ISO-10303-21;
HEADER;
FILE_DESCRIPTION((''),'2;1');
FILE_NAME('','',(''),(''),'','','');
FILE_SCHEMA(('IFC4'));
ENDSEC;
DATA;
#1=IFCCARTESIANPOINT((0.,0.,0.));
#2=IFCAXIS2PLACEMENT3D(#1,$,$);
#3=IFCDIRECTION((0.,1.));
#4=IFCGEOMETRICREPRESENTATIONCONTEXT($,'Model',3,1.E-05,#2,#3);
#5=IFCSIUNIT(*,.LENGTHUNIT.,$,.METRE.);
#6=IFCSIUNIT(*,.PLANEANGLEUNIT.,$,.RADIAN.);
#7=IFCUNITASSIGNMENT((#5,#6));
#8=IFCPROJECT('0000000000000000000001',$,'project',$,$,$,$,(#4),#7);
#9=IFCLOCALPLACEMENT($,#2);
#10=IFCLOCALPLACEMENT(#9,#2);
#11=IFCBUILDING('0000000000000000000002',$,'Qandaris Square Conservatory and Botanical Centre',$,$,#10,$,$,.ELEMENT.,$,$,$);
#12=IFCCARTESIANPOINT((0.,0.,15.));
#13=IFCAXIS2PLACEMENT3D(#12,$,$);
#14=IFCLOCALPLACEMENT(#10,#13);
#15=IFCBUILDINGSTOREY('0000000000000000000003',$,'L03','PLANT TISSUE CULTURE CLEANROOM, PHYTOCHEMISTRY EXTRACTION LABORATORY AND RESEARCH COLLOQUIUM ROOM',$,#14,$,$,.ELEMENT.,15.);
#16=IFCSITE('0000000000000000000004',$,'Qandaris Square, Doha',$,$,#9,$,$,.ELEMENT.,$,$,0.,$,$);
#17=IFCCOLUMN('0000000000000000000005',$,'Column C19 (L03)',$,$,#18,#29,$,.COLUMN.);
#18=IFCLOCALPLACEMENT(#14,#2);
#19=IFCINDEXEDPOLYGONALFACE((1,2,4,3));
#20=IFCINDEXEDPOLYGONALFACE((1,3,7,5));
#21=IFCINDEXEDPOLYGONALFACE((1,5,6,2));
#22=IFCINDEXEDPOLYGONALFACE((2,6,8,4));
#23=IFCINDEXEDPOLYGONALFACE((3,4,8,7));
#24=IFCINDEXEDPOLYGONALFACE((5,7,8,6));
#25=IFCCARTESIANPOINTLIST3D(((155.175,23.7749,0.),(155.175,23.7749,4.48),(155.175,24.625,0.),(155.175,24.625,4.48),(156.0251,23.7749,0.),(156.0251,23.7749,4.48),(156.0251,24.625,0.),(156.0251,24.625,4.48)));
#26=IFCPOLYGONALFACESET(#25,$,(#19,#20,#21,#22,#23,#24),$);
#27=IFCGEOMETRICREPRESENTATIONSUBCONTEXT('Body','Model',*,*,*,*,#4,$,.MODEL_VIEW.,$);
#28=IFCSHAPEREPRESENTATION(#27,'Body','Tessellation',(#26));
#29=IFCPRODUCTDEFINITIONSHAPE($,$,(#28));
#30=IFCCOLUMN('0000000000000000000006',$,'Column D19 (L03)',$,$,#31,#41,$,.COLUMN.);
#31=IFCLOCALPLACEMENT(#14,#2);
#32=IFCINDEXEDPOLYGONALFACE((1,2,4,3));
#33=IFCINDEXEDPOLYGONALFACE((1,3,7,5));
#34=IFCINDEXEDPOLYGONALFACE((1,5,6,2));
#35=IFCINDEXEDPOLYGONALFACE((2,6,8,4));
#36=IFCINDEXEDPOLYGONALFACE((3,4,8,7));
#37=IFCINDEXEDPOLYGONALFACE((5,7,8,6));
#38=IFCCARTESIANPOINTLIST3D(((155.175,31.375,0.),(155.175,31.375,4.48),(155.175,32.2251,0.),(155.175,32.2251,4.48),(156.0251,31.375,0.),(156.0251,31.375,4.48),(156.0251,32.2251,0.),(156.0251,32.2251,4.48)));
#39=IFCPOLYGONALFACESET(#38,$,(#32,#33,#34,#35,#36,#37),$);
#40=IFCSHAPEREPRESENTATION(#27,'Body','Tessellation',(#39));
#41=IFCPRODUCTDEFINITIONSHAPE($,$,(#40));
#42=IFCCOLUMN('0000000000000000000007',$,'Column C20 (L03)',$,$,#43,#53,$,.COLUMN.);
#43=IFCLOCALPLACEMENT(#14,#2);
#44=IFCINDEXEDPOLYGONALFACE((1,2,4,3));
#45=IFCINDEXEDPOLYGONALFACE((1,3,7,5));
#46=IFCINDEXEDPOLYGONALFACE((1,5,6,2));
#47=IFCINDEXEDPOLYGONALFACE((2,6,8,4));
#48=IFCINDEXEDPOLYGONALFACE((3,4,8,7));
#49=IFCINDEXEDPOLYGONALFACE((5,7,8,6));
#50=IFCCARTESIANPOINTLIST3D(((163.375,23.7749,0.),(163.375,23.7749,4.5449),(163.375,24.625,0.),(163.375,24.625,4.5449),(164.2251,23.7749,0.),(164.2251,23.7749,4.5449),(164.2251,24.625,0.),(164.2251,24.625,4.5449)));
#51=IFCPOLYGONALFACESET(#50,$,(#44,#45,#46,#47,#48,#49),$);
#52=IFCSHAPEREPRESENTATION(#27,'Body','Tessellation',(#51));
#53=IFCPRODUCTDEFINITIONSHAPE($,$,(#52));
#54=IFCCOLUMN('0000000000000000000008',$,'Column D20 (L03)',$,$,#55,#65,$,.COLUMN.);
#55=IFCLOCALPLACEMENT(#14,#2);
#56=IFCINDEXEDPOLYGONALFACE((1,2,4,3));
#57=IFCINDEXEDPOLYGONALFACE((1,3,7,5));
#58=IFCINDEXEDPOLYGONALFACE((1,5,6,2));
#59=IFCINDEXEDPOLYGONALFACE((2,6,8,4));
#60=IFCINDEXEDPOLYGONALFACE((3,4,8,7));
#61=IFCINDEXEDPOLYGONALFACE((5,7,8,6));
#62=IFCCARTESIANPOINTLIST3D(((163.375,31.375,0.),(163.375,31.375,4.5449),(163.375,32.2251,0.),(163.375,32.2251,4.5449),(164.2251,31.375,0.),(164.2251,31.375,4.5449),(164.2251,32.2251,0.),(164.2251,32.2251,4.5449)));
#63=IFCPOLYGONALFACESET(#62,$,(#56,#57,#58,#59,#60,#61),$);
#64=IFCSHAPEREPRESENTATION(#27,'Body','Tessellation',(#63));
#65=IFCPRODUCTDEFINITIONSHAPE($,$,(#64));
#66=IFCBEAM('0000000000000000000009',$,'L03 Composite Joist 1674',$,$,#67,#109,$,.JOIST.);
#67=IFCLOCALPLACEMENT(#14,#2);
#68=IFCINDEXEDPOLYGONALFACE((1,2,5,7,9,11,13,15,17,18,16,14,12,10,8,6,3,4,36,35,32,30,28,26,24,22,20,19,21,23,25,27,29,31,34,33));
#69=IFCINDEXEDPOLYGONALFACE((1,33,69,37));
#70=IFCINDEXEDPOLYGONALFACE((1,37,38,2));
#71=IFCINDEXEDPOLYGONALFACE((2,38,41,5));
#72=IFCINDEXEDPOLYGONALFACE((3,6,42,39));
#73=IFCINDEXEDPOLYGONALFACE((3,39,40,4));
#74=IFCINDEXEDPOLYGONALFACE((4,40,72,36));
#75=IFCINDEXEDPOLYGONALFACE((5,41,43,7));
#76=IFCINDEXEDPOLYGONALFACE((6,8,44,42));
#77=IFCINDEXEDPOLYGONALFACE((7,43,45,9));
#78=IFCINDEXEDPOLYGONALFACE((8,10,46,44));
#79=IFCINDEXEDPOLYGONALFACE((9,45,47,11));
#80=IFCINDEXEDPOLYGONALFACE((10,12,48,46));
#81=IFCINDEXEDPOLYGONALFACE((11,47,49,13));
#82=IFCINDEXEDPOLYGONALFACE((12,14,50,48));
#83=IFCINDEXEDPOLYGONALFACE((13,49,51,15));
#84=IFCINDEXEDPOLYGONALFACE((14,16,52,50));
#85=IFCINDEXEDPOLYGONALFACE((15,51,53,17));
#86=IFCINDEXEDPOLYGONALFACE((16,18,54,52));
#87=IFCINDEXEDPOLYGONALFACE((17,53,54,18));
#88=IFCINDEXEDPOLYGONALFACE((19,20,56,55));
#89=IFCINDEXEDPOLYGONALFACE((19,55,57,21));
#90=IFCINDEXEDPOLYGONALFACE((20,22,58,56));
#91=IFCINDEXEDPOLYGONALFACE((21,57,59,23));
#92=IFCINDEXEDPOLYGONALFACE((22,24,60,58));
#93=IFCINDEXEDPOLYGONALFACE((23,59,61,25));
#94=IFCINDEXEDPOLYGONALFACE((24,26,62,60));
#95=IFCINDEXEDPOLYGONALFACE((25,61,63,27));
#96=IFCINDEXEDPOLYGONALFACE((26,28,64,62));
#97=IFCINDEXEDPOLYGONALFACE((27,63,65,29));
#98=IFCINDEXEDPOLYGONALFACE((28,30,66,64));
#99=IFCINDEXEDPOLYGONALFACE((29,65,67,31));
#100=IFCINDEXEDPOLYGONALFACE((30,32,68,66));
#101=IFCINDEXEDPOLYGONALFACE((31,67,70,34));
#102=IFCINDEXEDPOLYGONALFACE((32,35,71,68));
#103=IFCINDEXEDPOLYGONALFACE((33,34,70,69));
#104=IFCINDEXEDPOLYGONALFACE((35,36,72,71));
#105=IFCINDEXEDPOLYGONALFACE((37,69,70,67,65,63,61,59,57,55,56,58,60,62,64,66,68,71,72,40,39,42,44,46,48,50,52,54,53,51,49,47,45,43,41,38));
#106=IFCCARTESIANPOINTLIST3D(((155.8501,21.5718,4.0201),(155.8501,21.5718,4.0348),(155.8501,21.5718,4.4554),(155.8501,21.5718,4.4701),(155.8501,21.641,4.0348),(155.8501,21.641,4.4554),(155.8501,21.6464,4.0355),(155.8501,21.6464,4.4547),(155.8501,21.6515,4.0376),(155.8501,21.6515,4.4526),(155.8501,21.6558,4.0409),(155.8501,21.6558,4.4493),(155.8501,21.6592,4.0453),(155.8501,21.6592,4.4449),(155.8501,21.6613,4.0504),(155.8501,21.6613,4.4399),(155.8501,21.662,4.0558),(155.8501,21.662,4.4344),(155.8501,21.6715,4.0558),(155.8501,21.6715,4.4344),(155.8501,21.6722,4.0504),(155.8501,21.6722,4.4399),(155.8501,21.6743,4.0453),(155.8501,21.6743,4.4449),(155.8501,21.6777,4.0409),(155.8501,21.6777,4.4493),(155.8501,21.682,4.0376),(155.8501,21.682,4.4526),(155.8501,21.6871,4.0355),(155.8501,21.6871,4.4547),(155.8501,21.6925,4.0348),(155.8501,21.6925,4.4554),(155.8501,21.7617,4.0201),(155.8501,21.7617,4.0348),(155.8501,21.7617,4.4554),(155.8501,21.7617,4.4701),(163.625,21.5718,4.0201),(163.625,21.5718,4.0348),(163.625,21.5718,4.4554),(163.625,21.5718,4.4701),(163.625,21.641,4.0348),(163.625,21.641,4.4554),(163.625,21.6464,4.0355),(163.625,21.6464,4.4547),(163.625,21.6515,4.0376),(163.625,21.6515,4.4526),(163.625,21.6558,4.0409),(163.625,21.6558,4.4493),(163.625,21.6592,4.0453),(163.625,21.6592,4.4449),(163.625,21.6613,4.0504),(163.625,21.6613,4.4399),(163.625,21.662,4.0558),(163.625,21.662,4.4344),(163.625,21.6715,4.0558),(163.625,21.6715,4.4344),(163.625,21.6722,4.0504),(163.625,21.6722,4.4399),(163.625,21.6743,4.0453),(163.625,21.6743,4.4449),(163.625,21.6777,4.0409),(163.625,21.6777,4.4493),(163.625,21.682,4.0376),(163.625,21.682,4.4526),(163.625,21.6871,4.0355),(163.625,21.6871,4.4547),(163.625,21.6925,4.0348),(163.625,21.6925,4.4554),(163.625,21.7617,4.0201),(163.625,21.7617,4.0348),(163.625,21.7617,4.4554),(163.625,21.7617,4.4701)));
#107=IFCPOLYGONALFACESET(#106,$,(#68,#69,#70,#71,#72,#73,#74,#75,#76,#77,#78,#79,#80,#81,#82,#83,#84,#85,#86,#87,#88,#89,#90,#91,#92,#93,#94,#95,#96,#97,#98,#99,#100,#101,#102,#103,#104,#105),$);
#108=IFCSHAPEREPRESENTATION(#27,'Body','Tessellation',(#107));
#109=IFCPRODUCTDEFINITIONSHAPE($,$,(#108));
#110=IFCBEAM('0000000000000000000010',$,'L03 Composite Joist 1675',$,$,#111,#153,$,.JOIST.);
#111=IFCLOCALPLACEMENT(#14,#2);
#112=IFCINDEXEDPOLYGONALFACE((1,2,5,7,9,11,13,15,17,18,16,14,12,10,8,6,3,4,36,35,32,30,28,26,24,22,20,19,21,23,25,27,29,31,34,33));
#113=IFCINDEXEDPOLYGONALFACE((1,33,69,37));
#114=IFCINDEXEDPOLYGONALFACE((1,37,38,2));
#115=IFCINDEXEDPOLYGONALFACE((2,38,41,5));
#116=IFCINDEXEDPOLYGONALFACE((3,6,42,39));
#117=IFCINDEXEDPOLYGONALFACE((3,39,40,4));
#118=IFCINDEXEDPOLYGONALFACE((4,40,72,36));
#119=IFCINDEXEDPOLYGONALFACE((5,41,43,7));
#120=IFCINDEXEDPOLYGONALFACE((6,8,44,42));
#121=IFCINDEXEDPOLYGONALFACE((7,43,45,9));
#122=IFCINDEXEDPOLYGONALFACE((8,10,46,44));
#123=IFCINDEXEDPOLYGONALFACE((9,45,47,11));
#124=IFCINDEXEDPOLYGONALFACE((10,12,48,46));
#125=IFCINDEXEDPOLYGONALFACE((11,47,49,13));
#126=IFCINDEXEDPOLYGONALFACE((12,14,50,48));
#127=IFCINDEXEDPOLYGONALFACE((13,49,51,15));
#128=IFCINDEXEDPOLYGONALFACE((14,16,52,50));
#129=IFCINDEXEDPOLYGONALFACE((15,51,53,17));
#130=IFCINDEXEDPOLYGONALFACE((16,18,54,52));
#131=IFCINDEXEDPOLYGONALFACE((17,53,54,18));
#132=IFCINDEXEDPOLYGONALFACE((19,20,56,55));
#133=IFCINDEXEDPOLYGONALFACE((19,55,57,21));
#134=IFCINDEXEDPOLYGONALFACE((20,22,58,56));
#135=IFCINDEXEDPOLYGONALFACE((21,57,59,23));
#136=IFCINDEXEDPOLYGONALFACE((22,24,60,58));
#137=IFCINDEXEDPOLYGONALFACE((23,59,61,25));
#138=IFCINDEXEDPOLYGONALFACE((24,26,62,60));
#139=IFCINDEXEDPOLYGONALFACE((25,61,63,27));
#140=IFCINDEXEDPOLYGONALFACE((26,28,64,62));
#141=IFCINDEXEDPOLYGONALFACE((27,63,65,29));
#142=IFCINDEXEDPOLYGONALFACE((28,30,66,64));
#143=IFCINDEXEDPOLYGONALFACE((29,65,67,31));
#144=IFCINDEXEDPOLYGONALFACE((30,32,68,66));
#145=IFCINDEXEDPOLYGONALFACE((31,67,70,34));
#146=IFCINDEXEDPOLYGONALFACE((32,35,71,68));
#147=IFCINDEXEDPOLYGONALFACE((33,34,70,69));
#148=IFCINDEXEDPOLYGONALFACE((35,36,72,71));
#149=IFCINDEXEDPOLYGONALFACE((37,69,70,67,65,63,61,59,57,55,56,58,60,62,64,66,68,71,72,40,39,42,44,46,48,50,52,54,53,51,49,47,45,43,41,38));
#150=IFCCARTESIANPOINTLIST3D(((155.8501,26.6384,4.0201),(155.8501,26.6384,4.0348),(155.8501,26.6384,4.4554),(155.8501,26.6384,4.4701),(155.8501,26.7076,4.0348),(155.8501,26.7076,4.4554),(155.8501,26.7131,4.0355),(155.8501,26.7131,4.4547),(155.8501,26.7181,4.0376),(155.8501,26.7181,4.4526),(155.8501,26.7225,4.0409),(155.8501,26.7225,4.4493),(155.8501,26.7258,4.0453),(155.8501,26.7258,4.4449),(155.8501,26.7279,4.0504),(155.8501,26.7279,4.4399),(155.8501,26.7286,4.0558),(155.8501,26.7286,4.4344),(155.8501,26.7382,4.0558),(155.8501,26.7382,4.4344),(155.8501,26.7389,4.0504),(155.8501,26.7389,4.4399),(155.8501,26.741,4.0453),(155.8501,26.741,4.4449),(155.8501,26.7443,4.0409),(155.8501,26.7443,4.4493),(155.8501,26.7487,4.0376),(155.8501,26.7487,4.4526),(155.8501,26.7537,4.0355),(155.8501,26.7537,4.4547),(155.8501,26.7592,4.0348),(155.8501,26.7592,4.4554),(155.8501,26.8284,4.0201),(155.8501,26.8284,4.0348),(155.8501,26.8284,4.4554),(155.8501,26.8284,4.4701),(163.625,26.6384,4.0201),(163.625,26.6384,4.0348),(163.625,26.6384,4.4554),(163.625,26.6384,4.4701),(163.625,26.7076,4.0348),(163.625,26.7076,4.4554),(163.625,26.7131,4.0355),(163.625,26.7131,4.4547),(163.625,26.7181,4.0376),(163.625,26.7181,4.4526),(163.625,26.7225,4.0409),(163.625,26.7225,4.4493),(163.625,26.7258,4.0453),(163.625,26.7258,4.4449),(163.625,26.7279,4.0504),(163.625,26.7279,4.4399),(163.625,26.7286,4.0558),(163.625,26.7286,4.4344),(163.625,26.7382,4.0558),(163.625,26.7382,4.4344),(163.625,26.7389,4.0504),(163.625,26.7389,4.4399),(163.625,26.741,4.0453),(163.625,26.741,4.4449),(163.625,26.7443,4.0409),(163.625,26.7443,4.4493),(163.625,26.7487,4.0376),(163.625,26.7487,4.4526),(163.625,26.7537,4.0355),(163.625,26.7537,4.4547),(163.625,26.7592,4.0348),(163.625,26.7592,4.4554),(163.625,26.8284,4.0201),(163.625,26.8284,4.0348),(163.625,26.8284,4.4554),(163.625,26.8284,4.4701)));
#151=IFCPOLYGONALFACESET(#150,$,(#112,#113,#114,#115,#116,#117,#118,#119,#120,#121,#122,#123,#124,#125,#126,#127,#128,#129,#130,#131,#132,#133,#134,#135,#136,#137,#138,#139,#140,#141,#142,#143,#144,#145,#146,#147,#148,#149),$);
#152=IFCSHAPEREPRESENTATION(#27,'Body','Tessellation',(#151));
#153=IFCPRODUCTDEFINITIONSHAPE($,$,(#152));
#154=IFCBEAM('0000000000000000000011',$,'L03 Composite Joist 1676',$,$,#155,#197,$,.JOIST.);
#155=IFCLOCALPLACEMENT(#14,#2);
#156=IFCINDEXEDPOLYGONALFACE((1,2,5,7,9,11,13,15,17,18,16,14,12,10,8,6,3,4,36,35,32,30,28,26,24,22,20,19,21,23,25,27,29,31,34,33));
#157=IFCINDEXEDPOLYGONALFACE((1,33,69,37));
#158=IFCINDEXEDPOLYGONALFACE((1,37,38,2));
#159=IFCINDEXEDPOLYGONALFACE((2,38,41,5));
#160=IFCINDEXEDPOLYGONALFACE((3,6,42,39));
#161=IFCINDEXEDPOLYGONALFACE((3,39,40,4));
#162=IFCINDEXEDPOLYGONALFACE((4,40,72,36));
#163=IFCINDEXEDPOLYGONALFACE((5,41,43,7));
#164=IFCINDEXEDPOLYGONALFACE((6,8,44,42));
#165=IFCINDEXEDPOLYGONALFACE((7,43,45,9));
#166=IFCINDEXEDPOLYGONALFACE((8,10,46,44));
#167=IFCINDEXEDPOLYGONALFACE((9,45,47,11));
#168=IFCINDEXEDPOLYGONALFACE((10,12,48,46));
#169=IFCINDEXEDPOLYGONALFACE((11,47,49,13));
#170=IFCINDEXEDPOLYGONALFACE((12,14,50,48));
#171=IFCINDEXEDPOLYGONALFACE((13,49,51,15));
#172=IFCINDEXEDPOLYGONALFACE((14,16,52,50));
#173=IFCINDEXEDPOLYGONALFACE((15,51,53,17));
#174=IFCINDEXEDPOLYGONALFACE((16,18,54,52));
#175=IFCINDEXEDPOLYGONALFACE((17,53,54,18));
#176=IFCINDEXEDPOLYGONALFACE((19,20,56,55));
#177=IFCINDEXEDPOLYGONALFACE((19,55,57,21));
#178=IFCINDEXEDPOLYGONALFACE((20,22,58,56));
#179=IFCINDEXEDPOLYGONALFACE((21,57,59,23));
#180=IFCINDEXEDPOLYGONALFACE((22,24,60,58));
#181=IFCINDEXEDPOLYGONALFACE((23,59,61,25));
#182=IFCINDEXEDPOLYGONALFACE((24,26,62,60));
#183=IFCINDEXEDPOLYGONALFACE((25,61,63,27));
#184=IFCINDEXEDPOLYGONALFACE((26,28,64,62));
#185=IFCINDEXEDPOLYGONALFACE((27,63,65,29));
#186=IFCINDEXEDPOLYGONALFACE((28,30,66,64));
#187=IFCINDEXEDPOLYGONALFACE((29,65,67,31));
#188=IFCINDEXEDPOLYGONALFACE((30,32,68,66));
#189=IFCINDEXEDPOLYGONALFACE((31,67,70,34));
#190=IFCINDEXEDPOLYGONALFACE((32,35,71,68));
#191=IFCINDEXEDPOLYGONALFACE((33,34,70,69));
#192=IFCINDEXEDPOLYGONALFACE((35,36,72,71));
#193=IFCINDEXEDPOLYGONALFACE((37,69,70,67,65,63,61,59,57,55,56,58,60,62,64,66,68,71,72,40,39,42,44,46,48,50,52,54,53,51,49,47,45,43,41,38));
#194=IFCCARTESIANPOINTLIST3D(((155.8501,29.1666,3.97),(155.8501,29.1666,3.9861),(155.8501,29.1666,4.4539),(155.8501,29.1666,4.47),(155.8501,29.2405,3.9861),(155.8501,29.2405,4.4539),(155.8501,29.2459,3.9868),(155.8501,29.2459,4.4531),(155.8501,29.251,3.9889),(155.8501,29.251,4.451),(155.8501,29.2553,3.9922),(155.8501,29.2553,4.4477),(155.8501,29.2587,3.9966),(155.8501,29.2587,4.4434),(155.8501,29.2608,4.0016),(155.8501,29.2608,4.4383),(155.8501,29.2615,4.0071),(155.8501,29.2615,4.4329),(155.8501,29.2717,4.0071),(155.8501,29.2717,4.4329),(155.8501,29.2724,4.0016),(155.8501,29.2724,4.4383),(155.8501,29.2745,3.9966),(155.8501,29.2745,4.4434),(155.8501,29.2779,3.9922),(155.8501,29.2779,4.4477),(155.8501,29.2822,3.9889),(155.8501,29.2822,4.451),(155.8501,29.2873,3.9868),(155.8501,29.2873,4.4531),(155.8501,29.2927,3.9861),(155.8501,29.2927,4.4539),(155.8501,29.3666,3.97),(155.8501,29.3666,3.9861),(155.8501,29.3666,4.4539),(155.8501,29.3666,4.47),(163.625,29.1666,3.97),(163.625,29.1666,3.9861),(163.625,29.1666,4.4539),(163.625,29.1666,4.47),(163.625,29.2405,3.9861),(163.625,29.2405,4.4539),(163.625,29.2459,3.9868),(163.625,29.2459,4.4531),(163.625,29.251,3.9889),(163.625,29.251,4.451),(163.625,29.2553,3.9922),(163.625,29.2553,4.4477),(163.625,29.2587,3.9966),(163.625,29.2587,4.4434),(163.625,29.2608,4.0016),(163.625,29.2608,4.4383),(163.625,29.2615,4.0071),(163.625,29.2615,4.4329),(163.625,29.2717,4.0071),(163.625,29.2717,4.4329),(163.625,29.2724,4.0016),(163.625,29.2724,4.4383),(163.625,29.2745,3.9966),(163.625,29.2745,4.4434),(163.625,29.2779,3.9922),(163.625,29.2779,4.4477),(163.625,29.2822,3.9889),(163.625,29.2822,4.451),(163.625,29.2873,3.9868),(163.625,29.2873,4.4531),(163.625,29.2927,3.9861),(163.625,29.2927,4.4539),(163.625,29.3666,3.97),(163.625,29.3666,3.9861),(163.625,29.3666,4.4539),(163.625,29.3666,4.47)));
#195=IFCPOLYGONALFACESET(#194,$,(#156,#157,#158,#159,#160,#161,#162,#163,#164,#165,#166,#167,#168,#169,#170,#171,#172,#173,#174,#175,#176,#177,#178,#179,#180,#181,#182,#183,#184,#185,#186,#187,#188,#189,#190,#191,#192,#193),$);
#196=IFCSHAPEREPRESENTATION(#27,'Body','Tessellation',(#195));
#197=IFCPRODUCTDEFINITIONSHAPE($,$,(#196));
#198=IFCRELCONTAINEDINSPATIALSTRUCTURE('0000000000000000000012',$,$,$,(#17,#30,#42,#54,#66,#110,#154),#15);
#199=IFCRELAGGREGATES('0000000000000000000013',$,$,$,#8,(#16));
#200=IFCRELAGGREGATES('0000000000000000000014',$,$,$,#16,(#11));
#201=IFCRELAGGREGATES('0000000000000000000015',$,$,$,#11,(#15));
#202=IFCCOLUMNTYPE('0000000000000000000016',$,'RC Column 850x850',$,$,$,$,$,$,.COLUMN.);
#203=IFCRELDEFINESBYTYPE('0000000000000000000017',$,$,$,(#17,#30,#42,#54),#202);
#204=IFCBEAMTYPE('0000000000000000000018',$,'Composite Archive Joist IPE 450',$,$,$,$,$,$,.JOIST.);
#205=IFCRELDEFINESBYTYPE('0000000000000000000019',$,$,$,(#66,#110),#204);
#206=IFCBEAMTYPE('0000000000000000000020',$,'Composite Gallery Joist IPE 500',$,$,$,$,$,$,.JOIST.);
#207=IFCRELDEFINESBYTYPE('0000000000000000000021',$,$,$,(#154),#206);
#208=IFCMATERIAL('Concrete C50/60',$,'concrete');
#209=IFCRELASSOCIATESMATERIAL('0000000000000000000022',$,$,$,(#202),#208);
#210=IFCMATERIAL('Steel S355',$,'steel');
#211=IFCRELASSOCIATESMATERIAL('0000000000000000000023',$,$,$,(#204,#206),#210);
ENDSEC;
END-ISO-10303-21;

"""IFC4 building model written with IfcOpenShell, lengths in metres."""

from ifc_helpers import new_model, si_unit, direction, frame, origin, origin_2d, place, context, subcontext, project, spatial, rectangle, i_section, extrude, material, material_profile, profile_set, type_object, element, save


model = new_model("IFC4")

# Units and contexts
model_context = context("Model", 3, precision=1e-05, world=origin(), true_north=direction((0.0, 1.0)))
body_context = subcontext(model_context, "Body", "Model", "MODEL_VIEW")
ifc_project = project(units=[si_unit("LENGTHUNIT", "METRE"), si_unit("PLANEANGLEUNIT", "RADIAN")], contexts=[model_context])

# Site, building, storey
site_placement = place(None, origin())
site = spatial("IfcSite", under=ifc_project, at=site_placement, Name="Qandaris Square, Doha", CompositionType="ELEMENT", RefElevation=0.0)
building_placement = place(site_placement, origin())
building = spatial("IfcBuilding", under=site, at=building_placement, Name="Qandaris Square Conservatory and Botanical Centre", CompositionType="ELEMENT")
storey_placement = place(building_placement, frame((0.0, 0.0, 15.0)))
storey = spatial("IfcBuildingStorey", under=building, at=storey_placement, Name="L03", Description="PLANT TISSUE CULTURE CLEANROOM, PHYTOCHEMISTRY EXTRACTION LABORATORY AND RESEARCH COLLOQUIUM ROOM", CompositionType="ELEMENT", Elevation=15.0)

# Columns
ifc_material_1 = material(Name="Concrete C50/60", Category="concrete")
ifc_material_profile_1 = material_profile(ifc_material_1, rectangle(XDim=0.8501, YDim=0.8501, at=origin_2d()), Name="RC-COL 850x850")
ifc_profile_set_1 = profile_set([ifc_material_profile_1], Name="Concrete C50/60")
column_type = type_object("IfcColumnType", Name="RC Column 850x850", PredefinedType="COLUMN", material=ifc_profile_set_1)
for number, where, z_axis, x_axis, name in (
    (1, (155.6001, 24.2, 0.0), (0.0, 0.0, 1.0), (1.0, 0.0, 0.0), "Column C19 (L03)"),
    (2, (155.6001, 31.8, 0.0), (0.0, 0.0, 1.0), (1.0, 0.0, 0.0), "Column D19 (L03)"),
):
    element("IfcColumn", number, at=place(storey_placement, frame(where, z_axis=z_axis, x_axis=x_axis)), inside=storey, type_object=column_type, Name=name, PredefinedType="COLUMN", context=body_context, shape_type="SweptSolid", body=[
        extrude(rectangle(XDim=0.8501, YDim=0.8501, at=origin_2d()), origin(), (0.0, 0.0, 1.0), 4.48),
    ])
for number, where, z_axis, x_axis, name in (
    (3, (163.8, 24.2, 0.0), (0.0, 0.0, 1.0), (1.0, 0.0, 0.0), "Column C20 (L03)"),
    (4, (163.8, 31.8, 0.0), (0.0, 0.0, 1.0), (1.0, 0.0, 0.0), "Column D20 (L03)"),
):
    element("IfcColumn", number, at=place(storey_placement, frame(where, z_axis=z_axis, x_axis=x_axis)), inside=storey, type_object=column_type, Name=name, PredefinedType="COLUMN", context=body_context, shape_type="SweptSolid", body=[
        extrude(rectangle(XDim=0.8501, YDim=0.8501, at=origin_2d()), origin(), (0.0, 0.0, 1.0), 4.5449),
    ])

# Beams
ifc_material_2 = material(Name="Steel S355", Category="steel")
ifc_material_profile_2 = material_profile(ifc_material_2, i_section(OverallWidth=0.1899, OverallDepth=0.45, WebThickness=0.0095, FlangeThickness=0.0146, FilletRadius=0.021, at=origin_2d()), Name="IPE 450")
ifc_profile_set_2 = profile_set([ifc_material_profile_2], Name="Steel S355")
beam_type_1 = type_object("IfcBeamType", Name="Composite Archive Joist IPE 450", PredefinedType="JOIST", material=ifc_profile_set_2)
for number, where, z_axis, x_axis, name in (
    (5, (155.8501, 21.6667, 4.2451), (1.0, 0.0, 0.0), (0.0, 1.0, 0.0), "L03 Composite Joist 1674"),
    (6, (155.8501, 26.7334, 4.2451), (1.0, 0.0, 0.0), (0.0, 1.0, 0.0), "L03 Composite Joist 1675"),
):
    element("IfcBeam", number, at=place(storey_placement, frame(where, z_axis=z_axis, x_axis=x_axis)), inside=storey, type_object=beam_type_1, Name=name, PredefinedType="JOIST", context=body_context, shape_type="SweptSolid", body=[
        extrude(i_section(OverallWidth=0.1899, OverallDepth=0.45, WebThickness=0.0095, FlangeThickness=0.0146, FilletRadius=0.021, at=origin_2d()), origin(), (0.0, 0.0, 1.0), 7.7749),
    ])
ifc_material_profile_3 = material_profile(ifc_material_2, i_section(OverallWidth=0.2, OverallDepth=0.5, WebThickness=0.0103, FlangeThickness=0.0161, FilletRadius=0.021, at=origin_2d()), Name="IPE 500")
ifc_profile_set_3 = profile_set([ifc_material_profile_3], Name="Steel S355")
beam_type_2 = type_object("IfcBeamType", Name="Composite Gallery Joist IPE 500", PredefinedType="JOIST", material=ifc_profile_set_3)
for number, where, z_axis, x_axis, name in (
    (7, (155.8501, 29.2666, 4.22), (1.0, 0.0, 0.0), (0.0, 1.0, 0.0), "L03 Composite Joist 1676"),
):
    element("IfcBeam", number, at=place(storey_placement, frame(where, z_axis=z_axis, x_axis=x_axis)), inside=storey, type_object=beam_type_2, Name=name, PredefinedType="JOIST", context=body_context, shape_type="SweptSolid", body=[
        extrude(i_section(OverallWidth=0.2, OverallDepth=0.5, WebThickness=0.0103, FlangeThickness=0.0161, FilletRadius=0.021, at=origin_2d()), origin(), (0.0, 0.0, 1.0), 7.7749),
    ])

save(model, "model.ifc")
